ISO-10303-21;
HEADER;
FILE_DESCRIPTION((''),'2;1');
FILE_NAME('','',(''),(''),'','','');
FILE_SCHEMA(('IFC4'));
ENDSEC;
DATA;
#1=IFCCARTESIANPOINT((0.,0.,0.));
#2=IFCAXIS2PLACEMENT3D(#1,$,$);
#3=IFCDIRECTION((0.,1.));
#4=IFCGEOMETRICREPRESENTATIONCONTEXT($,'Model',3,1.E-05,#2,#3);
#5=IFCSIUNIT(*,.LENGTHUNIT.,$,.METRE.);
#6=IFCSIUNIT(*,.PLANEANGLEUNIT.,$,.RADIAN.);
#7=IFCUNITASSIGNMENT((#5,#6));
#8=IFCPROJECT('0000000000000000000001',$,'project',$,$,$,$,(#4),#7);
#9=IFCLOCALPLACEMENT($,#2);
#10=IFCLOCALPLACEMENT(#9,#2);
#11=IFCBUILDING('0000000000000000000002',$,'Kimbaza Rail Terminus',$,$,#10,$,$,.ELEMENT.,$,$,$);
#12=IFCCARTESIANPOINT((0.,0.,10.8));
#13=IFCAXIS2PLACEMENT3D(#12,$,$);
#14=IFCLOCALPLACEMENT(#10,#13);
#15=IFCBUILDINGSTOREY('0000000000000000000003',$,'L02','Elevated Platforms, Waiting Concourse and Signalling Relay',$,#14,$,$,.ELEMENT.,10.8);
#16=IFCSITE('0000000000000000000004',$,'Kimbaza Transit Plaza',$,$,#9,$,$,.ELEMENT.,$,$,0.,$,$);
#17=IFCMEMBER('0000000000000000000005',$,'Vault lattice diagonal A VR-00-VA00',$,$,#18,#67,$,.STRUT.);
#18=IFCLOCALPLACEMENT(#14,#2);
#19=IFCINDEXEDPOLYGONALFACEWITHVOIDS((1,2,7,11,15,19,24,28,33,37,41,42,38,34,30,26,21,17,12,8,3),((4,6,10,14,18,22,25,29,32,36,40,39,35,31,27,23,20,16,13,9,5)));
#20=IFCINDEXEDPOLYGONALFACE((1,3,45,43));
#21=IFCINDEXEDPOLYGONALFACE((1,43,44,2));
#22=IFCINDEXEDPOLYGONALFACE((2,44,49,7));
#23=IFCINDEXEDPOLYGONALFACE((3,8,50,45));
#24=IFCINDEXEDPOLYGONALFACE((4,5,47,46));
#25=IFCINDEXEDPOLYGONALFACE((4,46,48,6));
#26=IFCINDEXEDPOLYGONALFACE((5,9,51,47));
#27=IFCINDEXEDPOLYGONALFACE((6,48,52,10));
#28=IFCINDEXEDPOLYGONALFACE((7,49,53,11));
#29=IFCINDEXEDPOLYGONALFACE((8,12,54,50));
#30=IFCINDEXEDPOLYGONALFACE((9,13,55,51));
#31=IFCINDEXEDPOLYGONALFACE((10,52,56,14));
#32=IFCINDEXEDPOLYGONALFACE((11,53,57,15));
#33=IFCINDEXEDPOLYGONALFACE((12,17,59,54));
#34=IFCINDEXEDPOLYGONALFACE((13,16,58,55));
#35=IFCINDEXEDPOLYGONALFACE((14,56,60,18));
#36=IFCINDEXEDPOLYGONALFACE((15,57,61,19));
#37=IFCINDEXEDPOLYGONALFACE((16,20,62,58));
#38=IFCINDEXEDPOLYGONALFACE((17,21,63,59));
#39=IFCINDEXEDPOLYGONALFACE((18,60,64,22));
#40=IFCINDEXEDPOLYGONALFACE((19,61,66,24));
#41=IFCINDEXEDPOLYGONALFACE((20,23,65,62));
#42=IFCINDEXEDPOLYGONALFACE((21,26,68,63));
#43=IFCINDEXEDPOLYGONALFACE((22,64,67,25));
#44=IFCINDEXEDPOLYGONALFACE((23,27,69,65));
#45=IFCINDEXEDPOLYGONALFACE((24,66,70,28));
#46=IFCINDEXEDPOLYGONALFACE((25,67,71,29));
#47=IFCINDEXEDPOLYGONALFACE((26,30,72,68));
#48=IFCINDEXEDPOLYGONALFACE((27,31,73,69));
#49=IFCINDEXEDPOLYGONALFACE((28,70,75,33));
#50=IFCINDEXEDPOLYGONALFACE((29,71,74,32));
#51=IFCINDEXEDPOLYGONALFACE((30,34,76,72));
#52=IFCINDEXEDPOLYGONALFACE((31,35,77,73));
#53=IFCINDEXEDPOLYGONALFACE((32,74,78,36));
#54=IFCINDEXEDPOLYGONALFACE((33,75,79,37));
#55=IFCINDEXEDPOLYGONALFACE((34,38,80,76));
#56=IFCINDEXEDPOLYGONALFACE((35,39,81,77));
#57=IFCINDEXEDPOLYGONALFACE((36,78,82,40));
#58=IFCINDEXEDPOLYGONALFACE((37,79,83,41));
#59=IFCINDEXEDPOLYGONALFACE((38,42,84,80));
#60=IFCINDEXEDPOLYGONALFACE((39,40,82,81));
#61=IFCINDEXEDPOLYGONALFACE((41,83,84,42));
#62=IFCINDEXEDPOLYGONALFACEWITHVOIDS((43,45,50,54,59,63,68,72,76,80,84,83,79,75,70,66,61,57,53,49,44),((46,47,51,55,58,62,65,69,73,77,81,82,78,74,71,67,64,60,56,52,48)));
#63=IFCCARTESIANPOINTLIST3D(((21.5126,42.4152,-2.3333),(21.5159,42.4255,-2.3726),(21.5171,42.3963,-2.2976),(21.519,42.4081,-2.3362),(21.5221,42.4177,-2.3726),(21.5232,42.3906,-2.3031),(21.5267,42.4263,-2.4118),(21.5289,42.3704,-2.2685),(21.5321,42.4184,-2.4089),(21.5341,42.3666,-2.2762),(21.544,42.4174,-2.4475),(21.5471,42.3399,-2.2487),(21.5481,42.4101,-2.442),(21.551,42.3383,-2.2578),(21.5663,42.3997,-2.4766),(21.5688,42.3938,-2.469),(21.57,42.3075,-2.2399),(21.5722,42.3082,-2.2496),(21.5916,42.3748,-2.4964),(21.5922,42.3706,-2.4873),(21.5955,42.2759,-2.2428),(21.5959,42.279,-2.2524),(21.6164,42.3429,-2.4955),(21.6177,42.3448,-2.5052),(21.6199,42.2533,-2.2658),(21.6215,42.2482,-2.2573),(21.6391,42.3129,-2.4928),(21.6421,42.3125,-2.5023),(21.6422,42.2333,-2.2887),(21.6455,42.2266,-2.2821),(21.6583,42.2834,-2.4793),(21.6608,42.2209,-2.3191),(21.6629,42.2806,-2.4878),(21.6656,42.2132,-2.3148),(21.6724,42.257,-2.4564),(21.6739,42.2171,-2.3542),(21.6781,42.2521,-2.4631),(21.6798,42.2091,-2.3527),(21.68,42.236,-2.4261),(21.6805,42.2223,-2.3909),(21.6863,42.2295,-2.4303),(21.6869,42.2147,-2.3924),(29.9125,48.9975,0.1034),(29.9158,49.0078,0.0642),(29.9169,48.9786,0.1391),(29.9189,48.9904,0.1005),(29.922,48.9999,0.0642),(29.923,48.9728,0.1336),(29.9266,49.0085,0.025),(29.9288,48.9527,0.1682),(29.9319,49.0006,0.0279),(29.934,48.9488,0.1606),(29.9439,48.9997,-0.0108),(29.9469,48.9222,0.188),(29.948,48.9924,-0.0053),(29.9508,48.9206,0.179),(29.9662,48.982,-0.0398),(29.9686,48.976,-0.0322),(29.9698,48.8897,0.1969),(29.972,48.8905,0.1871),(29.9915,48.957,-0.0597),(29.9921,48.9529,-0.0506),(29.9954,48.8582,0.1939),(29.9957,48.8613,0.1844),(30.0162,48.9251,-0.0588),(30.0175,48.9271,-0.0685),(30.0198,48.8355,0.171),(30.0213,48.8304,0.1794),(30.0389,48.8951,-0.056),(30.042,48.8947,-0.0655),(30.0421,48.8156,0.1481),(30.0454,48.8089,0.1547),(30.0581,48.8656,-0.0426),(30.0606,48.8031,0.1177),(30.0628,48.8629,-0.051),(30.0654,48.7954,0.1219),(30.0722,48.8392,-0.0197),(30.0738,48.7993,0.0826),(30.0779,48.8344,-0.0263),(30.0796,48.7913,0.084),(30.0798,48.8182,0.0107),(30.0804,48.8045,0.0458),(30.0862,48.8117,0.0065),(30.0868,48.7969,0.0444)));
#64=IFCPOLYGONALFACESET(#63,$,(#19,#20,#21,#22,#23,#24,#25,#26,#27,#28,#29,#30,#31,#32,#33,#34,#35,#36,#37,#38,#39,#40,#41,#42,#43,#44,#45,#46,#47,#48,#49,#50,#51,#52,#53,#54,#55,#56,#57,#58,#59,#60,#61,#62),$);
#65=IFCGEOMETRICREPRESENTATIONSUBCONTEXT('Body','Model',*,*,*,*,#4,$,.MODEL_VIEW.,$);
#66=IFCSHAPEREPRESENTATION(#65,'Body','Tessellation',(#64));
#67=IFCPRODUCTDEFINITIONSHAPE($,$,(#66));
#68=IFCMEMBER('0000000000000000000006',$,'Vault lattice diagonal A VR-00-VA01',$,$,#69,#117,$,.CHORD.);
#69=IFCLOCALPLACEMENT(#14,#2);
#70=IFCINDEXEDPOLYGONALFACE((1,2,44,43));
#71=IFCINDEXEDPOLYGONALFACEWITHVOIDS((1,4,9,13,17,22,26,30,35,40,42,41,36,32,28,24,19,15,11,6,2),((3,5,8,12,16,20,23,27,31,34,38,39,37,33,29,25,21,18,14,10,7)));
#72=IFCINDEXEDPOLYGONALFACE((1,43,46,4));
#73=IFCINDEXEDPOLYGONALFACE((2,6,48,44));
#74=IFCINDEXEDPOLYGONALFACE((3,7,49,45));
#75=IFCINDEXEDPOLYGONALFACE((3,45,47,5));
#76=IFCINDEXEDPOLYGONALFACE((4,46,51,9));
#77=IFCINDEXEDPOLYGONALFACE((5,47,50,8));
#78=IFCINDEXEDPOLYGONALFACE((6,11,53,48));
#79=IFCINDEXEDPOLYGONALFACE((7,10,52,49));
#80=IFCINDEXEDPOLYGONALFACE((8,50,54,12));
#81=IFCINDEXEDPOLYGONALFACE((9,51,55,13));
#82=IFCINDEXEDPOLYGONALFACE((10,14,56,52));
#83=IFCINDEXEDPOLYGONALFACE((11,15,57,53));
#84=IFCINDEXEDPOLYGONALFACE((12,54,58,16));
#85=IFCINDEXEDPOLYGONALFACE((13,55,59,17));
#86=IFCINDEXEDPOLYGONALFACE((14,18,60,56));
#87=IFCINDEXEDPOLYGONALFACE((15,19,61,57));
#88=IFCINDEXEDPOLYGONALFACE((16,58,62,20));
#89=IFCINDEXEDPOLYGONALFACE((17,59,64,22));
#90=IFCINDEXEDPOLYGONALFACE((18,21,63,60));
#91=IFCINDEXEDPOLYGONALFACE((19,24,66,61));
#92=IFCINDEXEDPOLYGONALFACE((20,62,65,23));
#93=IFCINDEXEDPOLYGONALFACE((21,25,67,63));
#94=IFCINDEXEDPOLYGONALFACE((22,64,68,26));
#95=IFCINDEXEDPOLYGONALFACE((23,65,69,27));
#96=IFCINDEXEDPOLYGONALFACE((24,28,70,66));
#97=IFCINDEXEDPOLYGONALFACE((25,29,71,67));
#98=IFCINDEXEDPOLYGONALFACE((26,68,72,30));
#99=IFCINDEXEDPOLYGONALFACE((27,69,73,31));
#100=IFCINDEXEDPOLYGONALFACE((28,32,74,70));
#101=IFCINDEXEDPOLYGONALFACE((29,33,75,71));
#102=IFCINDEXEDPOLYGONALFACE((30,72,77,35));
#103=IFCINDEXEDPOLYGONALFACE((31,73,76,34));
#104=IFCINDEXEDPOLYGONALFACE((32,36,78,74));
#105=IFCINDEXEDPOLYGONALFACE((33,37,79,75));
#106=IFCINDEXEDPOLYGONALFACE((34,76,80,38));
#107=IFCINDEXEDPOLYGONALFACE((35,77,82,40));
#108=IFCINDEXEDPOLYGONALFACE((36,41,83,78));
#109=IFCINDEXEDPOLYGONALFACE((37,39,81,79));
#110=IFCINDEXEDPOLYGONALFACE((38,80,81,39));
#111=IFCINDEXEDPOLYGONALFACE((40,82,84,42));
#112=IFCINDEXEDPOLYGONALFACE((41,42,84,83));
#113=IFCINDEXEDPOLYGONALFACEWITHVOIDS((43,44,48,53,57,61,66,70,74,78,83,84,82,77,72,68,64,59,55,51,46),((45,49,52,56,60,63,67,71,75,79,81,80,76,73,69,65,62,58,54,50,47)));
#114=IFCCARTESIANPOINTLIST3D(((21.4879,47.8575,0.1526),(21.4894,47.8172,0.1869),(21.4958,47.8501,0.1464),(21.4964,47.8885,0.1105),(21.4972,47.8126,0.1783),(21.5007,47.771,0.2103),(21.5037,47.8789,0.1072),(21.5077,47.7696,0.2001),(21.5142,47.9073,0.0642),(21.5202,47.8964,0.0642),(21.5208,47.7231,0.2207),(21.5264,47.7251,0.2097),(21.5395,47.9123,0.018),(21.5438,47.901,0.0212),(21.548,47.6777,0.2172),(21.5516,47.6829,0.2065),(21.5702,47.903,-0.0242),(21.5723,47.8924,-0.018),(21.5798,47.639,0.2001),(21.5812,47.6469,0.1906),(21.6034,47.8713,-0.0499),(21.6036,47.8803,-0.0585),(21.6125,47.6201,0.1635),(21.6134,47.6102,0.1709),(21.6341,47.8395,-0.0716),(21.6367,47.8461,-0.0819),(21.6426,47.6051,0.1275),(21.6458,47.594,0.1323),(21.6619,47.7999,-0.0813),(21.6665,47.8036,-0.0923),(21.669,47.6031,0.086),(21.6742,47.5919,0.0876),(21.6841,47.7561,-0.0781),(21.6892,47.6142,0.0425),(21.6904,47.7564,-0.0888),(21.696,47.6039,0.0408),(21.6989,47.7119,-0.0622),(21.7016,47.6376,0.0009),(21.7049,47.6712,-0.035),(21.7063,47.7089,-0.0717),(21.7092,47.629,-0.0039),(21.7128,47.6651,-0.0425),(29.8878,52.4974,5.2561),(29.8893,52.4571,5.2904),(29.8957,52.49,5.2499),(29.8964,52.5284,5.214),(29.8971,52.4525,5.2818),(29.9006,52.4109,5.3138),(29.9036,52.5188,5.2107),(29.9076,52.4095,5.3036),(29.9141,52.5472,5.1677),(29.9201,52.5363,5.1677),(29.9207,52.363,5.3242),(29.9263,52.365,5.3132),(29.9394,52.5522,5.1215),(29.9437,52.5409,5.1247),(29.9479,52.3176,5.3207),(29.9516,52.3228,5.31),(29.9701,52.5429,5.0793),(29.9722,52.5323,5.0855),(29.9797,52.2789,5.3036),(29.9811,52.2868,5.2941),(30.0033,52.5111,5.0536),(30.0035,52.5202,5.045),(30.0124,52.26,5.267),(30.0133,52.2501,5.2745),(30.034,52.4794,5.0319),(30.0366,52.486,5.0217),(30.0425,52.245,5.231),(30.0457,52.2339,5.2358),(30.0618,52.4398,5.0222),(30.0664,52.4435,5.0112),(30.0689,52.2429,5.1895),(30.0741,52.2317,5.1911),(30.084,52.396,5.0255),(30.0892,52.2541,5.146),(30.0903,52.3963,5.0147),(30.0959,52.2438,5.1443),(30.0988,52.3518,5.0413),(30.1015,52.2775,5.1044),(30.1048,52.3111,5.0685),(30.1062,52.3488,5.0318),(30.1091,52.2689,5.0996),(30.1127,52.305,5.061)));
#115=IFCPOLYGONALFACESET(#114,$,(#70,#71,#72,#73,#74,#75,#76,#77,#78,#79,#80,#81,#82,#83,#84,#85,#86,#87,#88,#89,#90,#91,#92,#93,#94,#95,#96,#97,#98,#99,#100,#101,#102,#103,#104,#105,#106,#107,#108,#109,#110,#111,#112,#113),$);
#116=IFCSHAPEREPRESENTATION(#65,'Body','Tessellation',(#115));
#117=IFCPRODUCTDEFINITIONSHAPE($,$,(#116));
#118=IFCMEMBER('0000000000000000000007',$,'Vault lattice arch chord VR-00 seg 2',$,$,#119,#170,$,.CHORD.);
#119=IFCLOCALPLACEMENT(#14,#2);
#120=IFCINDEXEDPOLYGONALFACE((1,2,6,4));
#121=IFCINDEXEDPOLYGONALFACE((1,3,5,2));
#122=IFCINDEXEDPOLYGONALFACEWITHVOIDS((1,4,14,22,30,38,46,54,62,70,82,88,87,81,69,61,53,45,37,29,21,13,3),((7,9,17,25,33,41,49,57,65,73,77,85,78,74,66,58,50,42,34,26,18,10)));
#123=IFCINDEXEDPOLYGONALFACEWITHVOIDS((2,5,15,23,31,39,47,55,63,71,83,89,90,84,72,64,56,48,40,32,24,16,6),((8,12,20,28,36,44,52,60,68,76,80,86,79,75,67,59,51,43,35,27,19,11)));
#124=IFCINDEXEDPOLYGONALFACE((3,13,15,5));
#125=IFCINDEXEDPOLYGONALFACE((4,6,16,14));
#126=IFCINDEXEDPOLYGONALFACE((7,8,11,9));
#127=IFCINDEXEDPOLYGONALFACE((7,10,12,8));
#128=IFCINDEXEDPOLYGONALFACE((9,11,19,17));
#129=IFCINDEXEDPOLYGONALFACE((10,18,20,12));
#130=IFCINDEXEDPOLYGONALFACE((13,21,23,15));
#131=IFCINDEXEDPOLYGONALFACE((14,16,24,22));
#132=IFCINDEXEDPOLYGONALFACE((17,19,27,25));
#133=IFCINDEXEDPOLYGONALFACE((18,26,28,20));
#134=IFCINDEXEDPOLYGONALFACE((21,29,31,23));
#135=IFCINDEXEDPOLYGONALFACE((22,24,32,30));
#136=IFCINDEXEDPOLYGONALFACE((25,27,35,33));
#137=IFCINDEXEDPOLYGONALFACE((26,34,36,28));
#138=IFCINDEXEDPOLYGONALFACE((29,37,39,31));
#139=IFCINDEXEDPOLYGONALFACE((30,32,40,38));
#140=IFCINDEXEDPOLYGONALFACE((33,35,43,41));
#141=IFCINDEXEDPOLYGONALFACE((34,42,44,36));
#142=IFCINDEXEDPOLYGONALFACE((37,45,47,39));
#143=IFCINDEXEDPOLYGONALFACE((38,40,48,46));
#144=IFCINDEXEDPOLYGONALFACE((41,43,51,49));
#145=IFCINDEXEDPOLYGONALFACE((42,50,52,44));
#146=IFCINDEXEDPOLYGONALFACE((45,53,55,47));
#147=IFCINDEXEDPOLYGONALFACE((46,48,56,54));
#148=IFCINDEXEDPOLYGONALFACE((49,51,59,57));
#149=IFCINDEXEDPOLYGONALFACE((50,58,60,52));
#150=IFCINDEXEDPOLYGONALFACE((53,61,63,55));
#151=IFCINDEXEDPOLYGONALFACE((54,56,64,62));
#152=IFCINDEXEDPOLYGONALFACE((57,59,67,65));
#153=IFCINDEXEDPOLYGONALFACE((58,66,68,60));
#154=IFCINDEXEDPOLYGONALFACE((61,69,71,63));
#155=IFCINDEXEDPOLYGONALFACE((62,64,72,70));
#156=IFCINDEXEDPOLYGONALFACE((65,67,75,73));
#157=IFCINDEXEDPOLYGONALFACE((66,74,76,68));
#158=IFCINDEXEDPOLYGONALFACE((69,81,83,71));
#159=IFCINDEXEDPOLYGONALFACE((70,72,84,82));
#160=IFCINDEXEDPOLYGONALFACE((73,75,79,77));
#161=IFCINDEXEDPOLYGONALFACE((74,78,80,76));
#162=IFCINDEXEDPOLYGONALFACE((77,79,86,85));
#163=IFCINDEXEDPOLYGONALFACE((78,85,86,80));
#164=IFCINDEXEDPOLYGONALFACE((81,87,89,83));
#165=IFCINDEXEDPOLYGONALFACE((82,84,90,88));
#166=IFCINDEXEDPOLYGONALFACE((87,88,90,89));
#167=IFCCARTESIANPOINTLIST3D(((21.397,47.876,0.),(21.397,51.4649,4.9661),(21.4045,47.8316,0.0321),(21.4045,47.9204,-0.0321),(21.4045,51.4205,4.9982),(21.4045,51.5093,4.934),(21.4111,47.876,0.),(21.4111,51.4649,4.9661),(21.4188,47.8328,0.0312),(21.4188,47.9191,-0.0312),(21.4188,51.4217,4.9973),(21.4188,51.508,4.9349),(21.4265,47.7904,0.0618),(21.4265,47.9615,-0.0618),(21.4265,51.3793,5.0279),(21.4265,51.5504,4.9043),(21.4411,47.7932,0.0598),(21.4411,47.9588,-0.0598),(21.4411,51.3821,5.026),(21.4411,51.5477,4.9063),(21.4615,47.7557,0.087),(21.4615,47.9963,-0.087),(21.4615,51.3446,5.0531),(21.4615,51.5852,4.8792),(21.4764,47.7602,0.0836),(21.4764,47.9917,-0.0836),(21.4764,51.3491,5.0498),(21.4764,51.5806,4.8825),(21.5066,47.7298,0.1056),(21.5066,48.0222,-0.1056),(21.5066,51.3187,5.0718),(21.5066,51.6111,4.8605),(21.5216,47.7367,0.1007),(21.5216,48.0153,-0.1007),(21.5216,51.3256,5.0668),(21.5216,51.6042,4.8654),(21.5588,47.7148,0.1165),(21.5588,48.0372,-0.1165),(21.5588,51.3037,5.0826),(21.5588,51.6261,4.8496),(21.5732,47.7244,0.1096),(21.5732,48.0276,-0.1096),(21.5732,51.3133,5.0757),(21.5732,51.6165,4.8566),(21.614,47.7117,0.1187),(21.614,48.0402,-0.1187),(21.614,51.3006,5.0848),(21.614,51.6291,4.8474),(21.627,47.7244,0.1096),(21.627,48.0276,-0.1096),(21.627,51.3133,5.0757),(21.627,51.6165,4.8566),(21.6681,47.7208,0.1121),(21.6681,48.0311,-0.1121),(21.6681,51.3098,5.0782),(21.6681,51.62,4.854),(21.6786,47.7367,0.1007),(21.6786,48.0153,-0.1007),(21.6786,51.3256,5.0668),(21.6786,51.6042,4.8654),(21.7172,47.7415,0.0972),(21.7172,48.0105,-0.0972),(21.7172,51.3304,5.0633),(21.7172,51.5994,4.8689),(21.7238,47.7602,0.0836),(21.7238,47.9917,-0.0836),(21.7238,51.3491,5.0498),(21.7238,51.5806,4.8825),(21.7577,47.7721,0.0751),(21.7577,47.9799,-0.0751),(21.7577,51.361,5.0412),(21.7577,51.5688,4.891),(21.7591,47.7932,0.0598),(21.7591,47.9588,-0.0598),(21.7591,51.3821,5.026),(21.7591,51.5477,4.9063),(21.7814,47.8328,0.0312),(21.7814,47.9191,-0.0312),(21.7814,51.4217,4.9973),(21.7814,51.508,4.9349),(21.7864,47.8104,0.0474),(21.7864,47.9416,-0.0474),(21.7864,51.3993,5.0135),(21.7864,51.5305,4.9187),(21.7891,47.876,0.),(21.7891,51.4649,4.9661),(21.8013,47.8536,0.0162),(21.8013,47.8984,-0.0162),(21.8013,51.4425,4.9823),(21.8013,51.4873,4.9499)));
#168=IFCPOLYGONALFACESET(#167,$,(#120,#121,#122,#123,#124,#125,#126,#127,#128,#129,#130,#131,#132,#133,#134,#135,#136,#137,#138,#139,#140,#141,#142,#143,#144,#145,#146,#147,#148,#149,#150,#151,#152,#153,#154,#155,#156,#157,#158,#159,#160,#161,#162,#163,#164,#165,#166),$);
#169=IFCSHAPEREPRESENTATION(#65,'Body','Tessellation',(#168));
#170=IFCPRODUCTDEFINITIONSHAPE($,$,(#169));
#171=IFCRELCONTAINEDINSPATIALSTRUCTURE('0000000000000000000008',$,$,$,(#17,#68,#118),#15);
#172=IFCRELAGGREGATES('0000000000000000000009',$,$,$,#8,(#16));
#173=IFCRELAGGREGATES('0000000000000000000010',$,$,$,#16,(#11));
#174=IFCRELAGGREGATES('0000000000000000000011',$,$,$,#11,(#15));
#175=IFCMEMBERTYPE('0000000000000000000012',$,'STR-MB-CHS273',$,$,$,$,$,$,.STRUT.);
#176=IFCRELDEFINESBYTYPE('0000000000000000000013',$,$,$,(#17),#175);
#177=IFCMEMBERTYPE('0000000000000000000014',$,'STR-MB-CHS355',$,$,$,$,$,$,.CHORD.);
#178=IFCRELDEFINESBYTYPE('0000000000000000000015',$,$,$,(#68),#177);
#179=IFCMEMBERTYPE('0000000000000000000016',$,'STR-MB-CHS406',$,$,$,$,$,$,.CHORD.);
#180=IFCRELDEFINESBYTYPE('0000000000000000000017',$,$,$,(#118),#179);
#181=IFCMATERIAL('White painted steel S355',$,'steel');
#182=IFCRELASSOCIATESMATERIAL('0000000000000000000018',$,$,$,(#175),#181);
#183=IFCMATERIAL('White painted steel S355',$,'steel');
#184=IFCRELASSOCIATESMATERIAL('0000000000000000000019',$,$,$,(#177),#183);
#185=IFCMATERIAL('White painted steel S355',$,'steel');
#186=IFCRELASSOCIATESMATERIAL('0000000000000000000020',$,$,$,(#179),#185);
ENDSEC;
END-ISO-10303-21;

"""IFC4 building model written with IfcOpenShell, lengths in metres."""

from ifc_helpers import new_model, si_unit, direction, frame, origin, origin_2d, place, context, subcontext, project, spatial, hollow_circle, extrude, material, material_profile, profile_set, type_object, element, save


model = new_model("IFC4")

# Units and contexts
model_context = context("Model", 3, precision=1e-05, world=origin(), true_north=direction((0.0, 1.0)))
body_context = subcontext(model_context, "Body", "Model", "MODEL_VIEW")
ifc_project = project(units=[si_unit("LENGTHUNIT", "METRE"), si_unit("PLANEANGLEUNIT", "RADIAN")], contexts=[model_context])

# Site, building, storey
site_placement = place(None, origin())
site = spatial("IfcSite", under=ifc_project, at=site_placement, Name="Kimbaza Transit Plaza", CompositionType="ELEMENT", RefElevation=0.0)
building_placement = place(site_placement, origin())
building = spatial("IfcBuilding", under=site, at=building_placement, Name="Kimbaza Rail Terminus", CompositionType="ELEMENT")
storey_placement = place(building_placement, frame((0.0, 0.0, 10.8)))
storey = spatial("IfcBuildingStorey", under=building, at=storey_placement, Name="L02", Description="Elevated Platforms, Waiting Concourse and Signalling Relay", CompositionType="ELEMENT", Elevation=10.8)

# Members
ifc_material_1 = material(Name="White painted steel S355", Category="steel")
ifc_material_profile_1 = material_profile(ifc_material_1, hollow_circle(Radius=0.1365, WallThickness=0.01, at=origin_2d()), Name="CHS 273x10")
ifc_profile_set_1 = profile_set([ifc_material_profile_1], Name="White painted steel S355")
member_type_1 = type_object("IfcMemberType", Name="STR-MB-CHS273", PredefinedType="STRUT", material=ifc_profile_set_1)
member_1_placement = place(storey_placement, frame((21.6001, 42.3181, -2.3726), z_axis=(0.76737, 0.601322, 0.22261), x_axis=(-0.616799, 0.787121, 0.0)))
element("IfcMember", 1, at=member_1_placement, inside=storey, type_object=member_type_1, Name="Vault lattice diagonal A VR-00-VA00", PredefinedType="STRUT", context=body_context, shape_type="SweptSolid", body=[
    extrude(hollow_circle(Radius=0.1365, WallThickness=0.01, at=origin_2d()), origin(), (0.0, 0.0, 1.0), 10.9463),
])
ifc_material_2 = material(Name="White painted steel S355", Category="steel")
ifc_material_profile_2 = material_profile(ifc_material_2, hollow_circle(Radius=0.1777, WallThickness=0.0125, at=origin_2d()), Name="CHS 355.6x12.5")
ifc_profile_set_2 = profile_set([ifc_material_profile_2], Name="White painted steel S355")
member_type_2 = type_object("IfcMemberType", Name="STR-MB-CHS355", PredefinedType="CHORD", material=ifc_profile_set_2)
member_2_placement = place(storey_placement, frame((21.6001, 47.7517, 0.0642), z_axis=(0.772839, 0.426897, 0.469552), x_axis=(-0.483514, 0.875337, 0.0)))
element("IfcMember", 2, at=member_2_placement, inside=storey, type_object=member_type_2, Name="Vault lattice diagonal A VR-00-VA01", PredefinedType="CHORD", context=body_context, shape_type="SweptSolid", body=[
    extrude(hollow_circle(Radius=0.1777, WallThickness=0.0125, at=origin_2d()), origin(), (0.0, 0.0, 1.0), 10.8689),
])
ifc_material_3 = material(Name="White painted steel S355", Category="steel")
ifc_material_profile_3 = material_profile(ifc_material_3, hollow_circle(Radius=0.2031, WallThickness=0.0142, at=origin_2d()), Name="CHS 406.4x14.2")
ifc_profile_set_3 = profile_set([ifc_material_profile_3], Name="White painted steel S355")
member_type_3 = type_object("IfcMemberType", Name="STR-MB-CHS406", PredefinedType="CHORD", material=ifc_profile_set_3)
member_3_placement = place(storey_placement, frame((21.6001, 47.876, 0.0), z_axis=(0.0, 0.585733, 0.810504), x_axis=(-1.0, 0.0, 0.0)))
element("IfcMember", 3, at=member_3_placement, inside=storey, type_object=member_type_3, Name="Vault lattice arch chord VR-00 seg 2", PredefinedType="CHORD", context=body_context, shape_type="SweptSolid", body=[
    extrude(hollow_circle(Radius=0.2031, WallThickness=0.0142, at=origin_2d()), origin(), (0.0, 0.0, 1.0), 6.1272),
])

save(model, "model.ifc")
